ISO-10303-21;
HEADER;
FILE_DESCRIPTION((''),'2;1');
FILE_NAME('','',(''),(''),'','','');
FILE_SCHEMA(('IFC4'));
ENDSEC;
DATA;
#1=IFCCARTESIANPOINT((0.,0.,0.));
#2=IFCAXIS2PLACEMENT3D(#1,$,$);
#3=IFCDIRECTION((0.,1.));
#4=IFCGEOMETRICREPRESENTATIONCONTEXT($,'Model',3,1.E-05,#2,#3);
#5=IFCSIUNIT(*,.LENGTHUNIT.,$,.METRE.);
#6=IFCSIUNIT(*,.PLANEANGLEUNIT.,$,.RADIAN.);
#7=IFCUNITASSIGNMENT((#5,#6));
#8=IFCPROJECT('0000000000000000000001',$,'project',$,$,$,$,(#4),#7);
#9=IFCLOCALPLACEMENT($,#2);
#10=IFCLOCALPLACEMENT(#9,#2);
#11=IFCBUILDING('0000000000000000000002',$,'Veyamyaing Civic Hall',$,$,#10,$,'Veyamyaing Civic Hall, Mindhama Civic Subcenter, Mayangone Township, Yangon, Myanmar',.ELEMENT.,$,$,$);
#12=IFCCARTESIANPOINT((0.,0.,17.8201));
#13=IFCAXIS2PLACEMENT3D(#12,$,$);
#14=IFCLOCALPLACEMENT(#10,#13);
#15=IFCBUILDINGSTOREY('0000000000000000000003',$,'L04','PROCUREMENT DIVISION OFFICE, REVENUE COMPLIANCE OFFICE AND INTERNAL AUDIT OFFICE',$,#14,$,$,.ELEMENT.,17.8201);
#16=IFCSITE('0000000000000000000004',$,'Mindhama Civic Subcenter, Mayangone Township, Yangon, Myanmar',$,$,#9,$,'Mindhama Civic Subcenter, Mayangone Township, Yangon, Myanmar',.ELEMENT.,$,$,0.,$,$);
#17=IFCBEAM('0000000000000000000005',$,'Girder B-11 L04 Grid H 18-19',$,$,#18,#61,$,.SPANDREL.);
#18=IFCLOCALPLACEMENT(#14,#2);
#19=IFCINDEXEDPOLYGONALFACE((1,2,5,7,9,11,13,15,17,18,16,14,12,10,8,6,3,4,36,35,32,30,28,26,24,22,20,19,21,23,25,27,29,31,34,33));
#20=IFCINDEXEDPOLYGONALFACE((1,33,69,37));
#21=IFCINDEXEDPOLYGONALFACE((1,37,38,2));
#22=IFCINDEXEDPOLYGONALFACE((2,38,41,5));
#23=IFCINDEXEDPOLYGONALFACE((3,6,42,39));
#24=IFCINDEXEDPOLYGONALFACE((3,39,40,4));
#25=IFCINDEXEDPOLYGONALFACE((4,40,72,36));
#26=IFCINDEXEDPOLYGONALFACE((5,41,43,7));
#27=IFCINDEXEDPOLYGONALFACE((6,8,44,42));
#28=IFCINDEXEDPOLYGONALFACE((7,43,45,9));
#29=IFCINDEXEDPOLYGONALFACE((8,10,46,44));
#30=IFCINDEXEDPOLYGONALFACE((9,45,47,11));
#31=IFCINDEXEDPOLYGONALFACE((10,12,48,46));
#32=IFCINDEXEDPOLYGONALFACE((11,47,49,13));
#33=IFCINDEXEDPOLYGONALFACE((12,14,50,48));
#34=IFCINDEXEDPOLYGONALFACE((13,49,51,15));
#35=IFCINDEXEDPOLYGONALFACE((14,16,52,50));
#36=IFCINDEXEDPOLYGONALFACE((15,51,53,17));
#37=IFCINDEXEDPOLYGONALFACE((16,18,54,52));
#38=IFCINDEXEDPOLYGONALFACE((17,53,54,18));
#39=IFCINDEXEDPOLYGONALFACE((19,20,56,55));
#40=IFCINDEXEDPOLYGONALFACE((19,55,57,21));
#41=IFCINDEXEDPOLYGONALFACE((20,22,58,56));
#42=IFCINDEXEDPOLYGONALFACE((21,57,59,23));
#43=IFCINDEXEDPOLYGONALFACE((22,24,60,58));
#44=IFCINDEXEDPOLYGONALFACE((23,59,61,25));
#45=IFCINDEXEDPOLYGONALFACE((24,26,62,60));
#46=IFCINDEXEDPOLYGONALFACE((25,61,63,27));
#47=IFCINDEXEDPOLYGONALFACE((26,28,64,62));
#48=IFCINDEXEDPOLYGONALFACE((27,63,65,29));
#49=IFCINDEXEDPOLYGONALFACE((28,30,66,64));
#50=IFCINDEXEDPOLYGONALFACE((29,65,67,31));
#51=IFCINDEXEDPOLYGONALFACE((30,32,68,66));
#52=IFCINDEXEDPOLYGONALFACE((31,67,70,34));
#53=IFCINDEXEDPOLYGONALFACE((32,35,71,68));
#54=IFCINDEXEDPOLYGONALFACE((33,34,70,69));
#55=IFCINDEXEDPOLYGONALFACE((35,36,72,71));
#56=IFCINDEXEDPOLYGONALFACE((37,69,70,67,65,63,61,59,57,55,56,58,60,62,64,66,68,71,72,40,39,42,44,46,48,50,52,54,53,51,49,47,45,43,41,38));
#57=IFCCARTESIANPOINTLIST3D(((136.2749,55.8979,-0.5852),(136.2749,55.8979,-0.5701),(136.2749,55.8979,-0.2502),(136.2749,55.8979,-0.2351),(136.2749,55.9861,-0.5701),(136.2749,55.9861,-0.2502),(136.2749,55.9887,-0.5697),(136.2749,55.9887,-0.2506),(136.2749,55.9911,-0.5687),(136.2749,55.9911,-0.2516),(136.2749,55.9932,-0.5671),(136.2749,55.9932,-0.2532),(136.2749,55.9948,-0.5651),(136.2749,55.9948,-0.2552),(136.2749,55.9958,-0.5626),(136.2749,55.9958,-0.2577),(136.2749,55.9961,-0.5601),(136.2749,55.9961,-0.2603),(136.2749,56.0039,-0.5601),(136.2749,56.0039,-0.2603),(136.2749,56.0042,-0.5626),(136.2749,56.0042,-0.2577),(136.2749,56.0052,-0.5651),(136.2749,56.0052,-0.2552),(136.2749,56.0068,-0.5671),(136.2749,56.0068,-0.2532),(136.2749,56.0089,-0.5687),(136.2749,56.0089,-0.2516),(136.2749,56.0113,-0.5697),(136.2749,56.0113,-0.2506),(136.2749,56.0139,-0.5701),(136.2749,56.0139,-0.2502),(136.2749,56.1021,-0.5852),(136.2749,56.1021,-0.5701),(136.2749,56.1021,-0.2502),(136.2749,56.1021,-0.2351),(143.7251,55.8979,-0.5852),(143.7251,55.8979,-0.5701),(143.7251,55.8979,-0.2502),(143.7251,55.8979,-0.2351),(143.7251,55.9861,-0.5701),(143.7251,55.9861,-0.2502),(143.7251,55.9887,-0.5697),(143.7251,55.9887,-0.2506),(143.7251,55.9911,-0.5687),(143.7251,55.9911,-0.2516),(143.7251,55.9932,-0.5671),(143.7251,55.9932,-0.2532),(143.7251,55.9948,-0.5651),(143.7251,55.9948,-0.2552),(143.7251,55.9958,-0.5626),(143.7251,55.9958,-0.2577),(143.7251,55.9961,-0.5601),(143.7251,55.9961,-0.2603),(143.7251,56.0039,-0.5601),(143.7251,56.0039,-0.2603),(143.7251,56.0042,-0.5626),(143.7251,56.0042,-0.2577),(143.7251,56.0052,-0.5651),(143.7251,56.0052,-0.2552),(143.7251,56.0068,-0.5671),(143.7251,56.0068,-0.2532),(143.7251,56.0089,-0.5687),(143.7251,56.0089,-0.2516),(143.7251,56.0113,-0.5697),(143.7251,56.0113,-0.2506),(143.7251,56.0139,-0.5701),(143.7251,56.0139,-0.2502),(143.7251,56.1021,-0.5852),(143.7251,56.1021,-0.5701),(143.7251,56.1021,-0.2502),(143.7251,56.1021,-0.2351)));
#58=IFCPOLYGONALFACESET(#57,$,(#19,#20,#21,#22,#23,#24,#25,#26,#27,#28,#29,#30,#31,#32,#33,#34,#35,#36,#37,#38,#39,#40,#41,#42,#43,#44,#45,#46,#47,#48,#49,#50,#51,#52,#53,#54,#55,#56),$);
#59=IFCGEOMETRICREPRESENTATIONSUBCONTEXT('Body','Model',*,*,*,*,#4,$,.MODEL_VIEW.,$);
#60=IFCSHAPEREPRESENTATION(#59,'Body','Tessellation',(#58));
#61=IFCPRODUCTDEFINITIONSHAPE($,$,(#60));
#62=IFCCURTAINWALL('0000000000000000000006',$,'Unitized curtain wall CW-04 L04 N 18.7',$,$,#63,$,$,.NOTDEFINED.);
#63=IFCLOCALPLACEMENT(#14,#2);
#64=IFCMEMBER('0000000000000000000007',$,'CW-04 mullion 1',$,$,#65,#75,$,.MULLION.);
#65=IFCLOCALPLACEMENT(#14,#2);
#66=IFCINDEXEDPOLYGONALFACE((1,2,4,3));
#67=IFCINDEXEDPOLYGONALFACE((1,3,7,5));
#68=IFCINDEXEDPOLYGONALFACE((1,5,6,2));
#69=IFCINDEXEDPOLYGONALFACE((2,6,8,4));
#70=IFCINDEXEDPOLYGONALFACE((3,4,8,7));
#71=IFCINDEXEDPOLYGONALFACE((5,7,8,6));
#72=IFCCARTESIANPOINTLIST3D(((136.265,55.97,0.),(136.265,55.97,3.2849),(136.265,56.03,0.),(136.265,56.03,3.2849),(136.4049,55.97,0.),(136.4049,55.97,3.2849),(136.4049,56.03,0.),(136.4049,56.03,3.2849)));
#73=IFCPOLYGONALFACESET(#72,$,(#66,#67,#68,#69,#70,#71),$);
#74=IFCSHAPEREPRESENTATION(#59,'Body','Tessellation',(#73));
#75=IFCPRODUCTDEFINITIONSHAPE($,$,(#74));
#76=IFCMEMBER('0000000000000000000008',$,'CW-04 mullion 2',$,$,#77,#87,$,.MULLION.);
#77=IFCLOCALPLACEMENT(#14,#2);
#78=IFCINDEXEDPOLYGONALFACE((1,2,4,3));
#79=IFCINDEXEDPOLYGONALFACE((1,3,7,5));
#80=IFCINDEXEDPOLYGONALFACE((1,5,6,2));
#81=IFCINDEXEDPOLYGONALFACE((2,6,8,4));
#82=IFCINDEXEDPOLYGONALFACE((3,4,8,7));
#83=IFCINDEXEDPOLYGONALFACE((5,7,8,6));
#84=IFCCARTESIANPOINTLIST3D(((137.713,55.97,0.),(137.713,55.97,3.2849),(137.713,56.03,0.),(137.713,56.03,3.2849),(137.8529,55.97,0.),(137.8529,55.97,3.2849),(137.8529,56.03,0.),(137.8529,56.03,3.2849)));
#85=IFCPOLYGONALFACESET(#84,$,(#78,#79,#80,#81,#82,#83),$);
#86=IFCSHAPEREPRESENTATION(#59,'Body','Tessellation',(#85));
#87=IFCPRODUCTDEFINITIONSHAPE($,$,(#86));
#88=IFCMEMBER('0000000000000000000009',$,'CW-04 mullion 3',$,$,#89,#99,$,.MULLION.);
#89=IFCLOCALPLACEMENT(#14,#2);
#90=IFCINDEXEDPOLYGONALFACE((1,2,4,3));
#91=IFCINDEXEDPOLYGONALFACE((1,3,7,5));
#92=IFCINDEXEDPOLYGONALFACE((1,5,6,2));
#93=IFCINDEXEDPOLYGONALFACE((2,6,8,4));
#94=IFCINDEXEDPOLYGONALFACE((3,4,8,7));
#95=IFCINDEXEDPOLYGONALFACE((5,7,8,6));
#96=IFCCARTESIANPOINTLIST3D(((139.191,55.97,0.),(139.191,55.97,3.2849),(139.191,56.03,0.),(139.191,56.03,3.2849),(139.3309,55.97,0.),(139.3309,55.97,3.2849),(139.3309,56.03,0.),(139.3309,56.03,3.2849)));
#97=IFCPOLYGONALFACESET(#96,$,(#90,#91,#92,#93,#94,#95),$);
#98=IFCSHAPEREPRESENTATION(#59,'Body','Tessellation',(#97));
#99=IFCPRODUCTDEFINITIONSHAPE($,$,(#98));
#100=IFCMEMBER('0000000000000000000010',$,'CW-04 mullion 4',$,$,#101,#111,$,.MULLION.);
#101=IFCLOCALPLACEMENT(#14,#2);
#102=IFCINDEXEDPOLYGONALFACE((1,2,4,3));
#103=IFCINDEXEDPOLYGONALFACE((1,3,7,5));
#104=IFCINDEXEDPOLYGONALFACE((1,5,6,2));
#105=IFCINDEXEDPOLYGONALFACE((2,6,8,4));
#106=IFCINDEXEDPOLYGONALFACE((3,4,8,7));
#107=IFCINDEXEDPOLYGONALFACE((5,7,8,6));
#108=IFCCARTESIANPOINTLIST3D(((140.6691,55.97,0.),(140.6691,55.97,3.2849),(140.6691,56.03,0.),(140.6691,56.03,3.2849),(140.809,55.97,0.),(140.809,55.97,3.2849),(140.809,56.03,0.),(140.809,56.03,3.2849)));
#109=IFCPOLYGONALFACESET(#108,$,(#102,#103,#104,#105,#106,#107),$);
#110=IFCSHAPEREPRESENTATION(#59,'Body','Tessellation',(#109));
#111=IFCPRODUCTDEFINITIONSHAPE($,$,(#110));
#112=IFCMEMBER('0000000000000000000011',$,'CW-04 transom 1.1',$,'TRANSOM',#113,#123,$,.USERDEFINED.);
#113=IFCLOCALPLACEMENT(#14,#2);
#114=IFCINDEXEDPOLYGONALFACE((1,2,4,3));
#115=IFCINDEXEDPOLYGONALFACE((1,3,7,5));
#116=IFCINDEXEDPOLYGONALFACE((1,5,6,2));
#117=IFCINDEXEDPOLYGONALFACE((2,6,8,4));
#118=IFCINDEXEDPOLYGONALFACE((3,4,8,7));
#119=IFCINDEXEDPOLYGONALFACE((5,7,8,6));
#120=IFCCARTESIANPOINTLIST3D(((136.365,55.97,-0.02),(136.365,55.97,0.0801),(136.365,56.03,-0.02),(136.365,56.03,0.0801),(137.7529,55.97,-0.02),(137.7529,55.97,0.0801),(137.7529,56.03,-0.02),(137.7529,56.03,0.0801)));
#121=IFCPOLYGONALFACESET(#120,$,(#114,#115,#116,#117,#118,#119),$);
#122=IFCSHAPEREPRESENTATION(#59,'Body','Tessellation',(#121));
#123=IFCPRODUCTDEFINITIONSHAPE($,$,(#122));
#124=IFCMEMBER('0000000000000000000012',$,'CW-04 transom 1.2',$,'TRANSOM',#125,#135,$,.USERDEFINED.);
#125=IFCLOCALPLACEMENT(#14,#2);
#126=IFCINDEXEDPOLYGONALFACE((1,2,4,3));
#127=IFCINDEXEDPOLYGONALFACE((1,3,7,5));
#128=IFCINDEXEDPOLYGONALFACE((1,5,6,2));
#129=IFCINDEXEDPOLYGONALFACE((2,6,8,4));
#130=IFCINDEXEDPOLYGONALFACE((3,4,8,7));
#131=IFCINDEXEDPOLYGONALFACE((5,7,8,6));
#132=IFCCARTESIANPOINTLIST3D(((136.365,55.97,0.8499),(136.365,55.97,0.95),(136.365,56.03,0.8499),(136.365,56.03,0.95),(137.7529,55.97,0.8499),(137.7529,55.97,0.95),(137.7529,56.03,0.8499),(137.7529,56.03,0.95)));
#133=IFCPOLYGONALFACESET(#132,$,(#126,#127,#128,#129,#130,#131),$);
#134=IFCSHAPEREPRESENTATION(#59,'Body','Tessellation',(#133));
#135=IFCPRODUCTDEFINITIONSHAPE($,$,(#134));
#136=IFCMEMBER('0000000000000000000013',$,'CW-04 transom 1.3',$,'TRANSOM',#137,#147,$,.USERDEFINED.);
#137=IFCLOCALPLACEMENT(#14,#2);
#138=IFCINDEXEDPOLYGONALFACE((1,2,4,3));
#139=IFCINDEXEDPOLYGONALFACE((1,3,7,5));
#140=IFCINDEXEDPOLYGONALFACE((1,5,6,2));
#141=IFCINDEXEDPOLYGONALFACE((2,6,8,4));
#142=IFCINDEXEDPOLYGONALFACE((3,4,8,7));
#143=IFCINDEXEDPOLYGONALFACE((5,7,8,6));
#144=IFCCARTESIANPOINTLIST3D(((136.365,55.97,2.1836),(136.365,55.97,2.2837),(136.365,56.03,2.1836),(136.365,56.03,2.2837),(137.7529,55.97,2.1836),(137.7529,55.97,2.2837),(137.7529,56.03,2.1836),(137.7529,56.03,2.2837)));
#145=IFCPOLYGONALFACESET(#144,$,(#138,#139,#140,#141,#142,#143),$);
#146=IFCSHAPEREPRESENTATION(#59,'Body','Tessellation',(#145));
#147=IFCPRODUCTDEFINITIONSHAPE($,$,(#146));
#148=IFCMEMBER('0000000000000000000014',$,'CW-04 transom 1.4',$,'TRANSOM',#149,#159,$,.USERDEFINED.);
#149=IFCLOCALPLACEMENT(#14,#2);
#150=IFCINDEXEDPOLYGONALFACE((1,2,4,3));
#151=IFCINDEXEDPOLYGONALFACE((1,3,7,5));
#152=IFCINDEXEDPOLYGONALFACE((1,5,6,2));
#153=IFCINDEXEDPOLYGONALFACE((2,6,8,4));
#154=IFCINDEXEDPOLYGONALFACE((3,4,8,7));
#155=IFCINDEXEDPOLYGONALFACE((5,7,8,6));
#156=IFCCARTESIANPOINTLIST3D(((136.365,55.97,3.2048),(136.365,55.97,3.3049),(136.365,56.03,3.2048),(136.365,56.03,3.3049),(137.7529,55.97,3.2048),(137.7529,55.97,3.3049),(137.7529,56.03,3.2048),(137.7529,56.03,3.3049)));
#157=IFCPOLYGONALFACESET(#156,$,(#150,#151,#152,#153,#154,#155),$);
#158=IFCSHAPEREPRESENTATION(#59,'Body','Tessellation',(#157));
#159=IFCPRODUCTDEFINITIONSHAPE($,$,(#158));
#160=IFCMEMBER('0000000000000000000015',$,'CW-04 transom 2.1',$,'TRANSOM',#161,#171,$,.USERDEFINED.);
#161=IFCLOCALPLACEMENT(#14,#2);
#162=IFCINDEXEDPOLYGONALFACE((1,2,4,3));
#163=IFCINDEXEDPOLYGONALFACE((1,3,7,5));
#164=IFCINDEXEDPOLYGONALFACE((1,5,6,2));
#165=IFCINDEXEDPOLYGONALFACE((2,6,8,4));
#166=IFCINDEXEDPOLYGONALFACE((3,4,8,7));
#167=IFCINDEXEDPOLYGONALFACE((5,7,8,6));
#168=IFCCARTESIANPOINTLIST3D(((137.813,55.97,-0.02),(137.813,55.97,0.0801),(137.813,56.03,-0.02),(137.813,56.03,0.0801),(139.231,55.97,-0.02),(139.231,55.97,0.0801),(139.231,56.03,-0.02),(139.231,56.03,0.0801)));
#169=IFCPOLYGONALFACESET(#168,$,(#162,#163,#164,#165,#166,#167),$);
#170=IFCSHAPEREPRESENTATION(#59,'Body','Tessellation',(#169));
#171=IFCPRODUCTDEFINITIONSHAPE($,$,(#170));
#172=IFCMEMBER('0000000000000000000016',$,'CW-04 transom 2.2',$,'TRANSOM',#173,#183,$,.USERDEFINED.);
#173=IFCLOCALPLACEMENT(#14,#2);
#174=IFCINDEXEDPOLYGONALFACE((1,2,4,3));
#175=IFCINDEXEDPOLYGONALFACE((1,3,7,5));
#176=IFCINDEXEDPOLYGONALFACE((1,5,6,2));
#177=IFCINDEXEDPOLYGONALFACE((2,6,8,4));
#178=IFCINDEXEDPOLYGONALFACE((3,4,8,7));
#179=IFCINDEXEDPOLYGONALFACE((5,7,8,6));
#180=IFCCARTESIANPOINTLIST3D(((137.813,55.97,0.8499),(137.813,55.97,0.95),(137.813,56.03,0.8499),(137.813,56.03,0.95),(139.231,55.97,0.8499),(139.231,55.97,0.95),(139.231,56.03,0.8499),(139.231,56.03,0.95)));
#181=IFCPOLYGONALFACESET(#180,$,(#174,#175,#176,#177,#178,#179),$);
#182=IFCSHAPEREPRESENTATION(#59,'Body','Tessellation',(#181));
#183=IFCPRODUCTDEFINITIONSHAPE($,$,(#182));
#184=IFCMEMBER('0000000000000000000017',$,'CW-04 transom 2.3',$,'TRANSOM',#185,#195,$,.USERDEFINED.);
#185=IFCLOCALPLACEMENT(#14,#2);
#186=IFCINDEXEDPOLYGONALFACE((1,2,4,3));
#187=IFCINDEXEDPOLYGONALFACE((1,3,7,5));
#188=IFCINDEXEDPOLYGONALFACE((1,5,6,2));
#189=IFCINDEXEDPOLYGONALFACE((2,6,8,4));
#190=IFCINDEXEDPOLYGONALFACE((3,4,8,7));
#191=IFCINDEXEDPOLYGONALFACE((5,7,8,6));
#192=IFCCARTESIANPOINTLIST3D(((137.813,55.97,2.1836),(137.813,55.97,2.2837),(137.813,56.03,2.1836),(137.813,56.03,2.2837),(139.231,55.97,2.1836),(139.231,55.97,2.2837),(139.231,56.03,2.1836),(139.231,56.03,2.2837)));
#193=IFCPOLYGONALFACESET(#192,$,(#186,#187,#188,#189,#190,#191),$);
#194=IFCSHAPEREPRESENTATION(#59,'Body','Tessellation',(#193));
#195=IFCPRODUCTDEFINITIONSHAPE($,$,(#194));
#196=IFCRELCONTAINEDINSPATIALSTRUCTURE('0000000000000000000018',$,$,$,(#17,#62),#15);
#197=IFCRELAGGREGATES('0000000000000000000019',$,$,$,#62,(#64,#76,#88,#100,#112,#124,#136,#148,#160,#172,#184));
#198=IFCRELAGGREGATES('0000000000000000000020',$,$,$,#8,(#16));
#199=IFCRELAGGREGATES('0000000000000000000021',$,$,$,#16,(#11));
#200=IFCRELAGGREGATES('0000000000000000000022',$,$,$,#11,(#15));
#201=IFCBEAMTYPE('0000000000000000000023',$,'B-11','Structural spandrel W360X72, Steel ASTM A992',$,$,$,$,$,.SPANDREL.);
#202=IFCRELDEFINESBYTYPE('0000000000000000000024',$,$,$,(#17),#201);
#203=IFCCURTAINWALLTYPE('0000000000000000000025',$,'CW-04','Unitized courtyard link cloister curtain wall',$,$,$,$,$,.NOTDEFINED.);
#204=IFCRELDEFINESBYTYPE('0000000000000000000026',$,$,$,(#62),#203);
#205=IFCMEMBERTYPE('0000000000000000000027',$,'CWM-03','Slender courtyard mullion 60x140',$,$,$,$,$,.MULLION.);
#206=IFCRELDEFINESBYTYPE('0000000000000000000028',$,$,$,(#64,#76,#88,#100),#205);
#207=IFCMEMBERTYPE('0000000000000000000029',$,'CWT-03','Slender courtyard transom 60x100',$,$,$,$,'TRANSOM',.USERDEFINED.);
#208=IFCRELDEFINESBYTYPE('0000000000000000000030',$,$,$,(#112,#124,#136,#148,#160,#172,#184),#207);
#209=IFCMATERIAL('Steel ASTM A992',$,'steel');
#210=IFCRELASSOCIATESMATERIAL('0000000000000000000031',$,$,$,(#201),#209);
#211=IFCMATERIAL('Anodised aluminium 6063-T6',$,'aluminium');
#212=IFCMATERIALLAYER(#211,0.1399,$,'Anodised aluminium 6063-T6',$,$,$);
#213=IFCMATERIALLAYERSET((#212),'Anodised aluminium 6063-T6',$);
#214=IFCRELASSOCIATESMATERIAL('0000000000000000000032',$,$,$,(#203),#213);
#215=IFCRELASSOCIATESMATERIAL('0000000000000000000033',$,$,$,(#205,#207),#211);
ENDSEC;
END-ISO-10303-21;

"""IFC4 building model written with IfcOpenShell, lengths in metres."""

from ifc_helpers import new_model, si_unit, direction, frame, origin, origin_2d, place, context, subcontext, project, spatial, rectangle, i_section, extrude, material, layer, layer_set, material_profile, profile_set, type_object, element, aggregate, save


model = new_model("IFC4")

# Units and contexts
model_context = context("Model", 3, precision=1e-05, world=origin(), true_north=direction((0.0, 1.0)))
body_context = subcontext(model_context, "Body", "Model", "MODEL_VIEW")
ifc_project = project(units=[si_unit("LENGTHUNIT", "METRE"), si_unit("PLANEANGLEUNIT", "RADIAN")], contexts=[model_context])

# Site, building, storey
site_placement = place(None, origin())
site = spatial("IfcSite", under=ifc_project, at=site_placement, Name="Mindhama Civic Subcenter, Mayangone Township, Yangon, Myanmar", LongName="Mindhama Civic Subcenter, Mayangone Township, Yangon, Myanmar", CompositionType="ELEMENT", RefElevation=0.0)
building_placement = place(site_placement, origin())
building = spatial("IfcBuilding", under=site, at=building_placement, Name="Veyamyaing Civic Hall", LongName="Veyamyaing Civic Hall, Mindhama Civic Subcenter, Mayangone Township, Yangon, Myanmar", CompositionType="ELEMENT")
storey_placement = place(building_placement, frame((0.0, 0.0, 17.8201)))
storey = spatial("IfcBuildingStorey", under=building, at=storey_placement, Name="L04", Description="PROCUREMENT DIVISION OFFICE, REVENUE COMPLIANCE OFFICE AND INTERNAL AUDIT OFFICE", CompositionType="ELEMENT", Elevation=17.8201)

# Beam
ifc_material_1 = material(Name="Steel ASTM A992", Category="steel")
ifc_material_profile_1 = material_profile(ifc_material_1, i_section(OverallWidth=0.2041, OverallDepth=0.3501, WebThickness=0.0078, FlangeThickness=0.0151, FilletRadius=0.01, at=origin_2d()), Name="W360X72")
ifc_profile_set_1 = profile_set([ifc_material_profile_1], Name="Steel ASTM A992")
beam_type = type_object("IfcBeamType", Name="B-11", Description="Structural spandrel W360X72, Steel ASTM A992", PredefinedType="SPANDREL", material=ifc_profile_set_1)
beam_placement = place(storey_placement, frame((136.2749, 56.0, -0.4102), z_axis=(1.0, 0.0, 0.0), x_axis=(0.0, 1.0, 0.0)))
element("IfcBeam", 1, at=beam_placement, inside=storey, type_object=beam_type, Name="Girder B-11 L04 Grid H 18-19", PredefinedType="SPANDREL", context=body_context, shape_type="SweptSolid", body=[
    extrude(i_section(OverallWidth=0.2041, OverallDepth=0.3501, WebThickness=0.0078, FlangeThickness=0.0151, FilletRadius=0.01, at=origin_2d()), origin(), (0.0, 0.0, 1.0), 7.4502),
])

# Curtain wall, members
ifc_material_2 = material(Name="Anodised aluminium 6063-T6", Category="aluminium")
ifc_layer_1 = layer(ifc_material_2, 0.1399, Name="Anodised aluminium 6063-T6")
ifc_layer_set_1 = layer_set([ifc_layer_1], Name="Anodised aluminium 6063-T6")
curtain_wall_type = type_object("IfcCurtainWallType", Name="CW-04", Description="Unitized courtyard link cloister curtain wall", PredefinedType="NOTDEFINED", material=ifc_layer_set_1)
curtain_wall_placement = place(storey_placement, origin())
curtain_wall = element("IfcCurtainWall", 2, at=curtain_wall_placement, inside=storey, type_object=curtain_wall_type, Name="Unitized curtain wall CW-04 L04 N 18.7", PredefinedType="NOTDEFINED")
ifc_material_profile_2 = material_profile(ifc_material_2, rectangle(XDim=0.0601, YDim=0.1399, at=origin_2d()), Name="ALU-MUL-60X140")
ifc_profile_set_2 = profile_set([ifc_material_profile_2], Name="Anodised aluminium 6063-T6")
member_type_1 = type_object("IfcMemberType", Name="CWM-03", Description="Slender courtyard mullion 60x140", PredefinedType="MULLION", material=ifc_profile_set_2)
member_1_placement = place(storey_placement, frame((136.335, 56.0, 0.0), z_axis=(0.0, 0.0, 1.0), x_axis=(0.0, 1.0, 0.0)))
member_1 = element("IfcMember", 3, at=member_1_placement, type_object=member_type_1, Name="CW-04 mullion 1", PredefinedType="MULLION", context=body_context, shape_type="SweptSolid", body=[
    extrude(rectangle(XDim=0.0601, YDim=0.1399, at=origin_2d()), origin(), (0.0, 0.0, 1.0), 3.2849),
])
member_2_placement = place(storey_placement, frame((137.783, 56.0, 0.0), z_axis=(0.0, 0.0, 1.0), x_axis=(0.0, 1.0, 0.0)))
member_2 = element("IfcMember", 4, at=member_2_placement, type_object=member_type_1, Name="CW-04 mullion 2", PredefinedType="MULLION", context=body_context, shape_type="SweptSolid", body=[
    extrude(rectangle(XDim=0.0601, YDim=0.1399, at=origin_2d()), origin(), (0.0, 0.0, 1.0), 3.2849),
])
member_3_placement = place(storey_placement, frame((139.261, 56.0, 0.0), z_axis=(0.0, 0.0, 1.0), x_axis=(0.0, 1.0, 0.0)))
member_3 = element("IfcMember", 5, at=member_3_placement, type_object=member_type_1, Name="CW-04 mullion 3", PredefinedType="MULLION", context=body_context, shape_type="SweptSolid", body=[
    extrude(rectangle(XDim=0.0601, YDim=0.1399, at=origin_2d()), origin(), (0.0, 0.0, 1.0), 3.2849),
])
member_4_placement = place(storey_placement, frame((140.739, 56.0, 0.0), z_axis=(0.0, 0.0, 1.0), x_axis=(0.0, 1.0, 0.0)))
member_4 = element("IfcMember", 6, at=member_4_placement, type_object=member_type_1, Name="CW-04 mullion 4", PredefinedType="MULLION", context=body_context, shape_type="SweptSolid", body=[
    extrude(rectangle(XDim=0.0601, YDim=0.1399, at=origin_2d()), origin(), (0.0, 0.0, 1.0), 3.2849),
])
ifc_material_profile_3 = material_profile(ifc_material_2, rectangle(XDim=0.0601, YDim=0.1001, at=origin_2d()), Name="ALU-TRN-60X100")
ifc_profile_set_3 = profile_set([ifc_material_profile_3], Name="Anodised aluminium 6063-T6")
member_type_2 = type_object("IfcMemberType", Name="CWT-03", Description="Slender courtyard transom 60x100", ElementType="TRANSOM", PredefinedType="USERDEFINED", material=ifc_profile_set_3)
member_5_placement = place(storey_placement, frame((136.365, 56.0, 0.03), z_axis=(1.0, 0.0, 0.0), x_axis=(0.0, 1.0, 0.0)))
member_5 = element("IfcMember", 7, at=member_5_placement, type_object=member_type_2, Name="CW-04 transom 1.1", ObjectType="TRANSOM", PredefinedType="USERDEFINED", context=body_context, shape_type="SweptSolid", body=[
    extrude(rectangle(XDim=0.0601, YDim=0.1001, at=origin_2d()), origin(), (0.0, 0.0, 1.0), 1.3879),
])
member_6_placement = place(storey_placement, frame((136.365, 56.0, 0.8999), z_axis=(1.0, 0.0, 0.0), x_axis=(0.0, 1.0, 0.0)))
member_6 = element("IfcMember", 8, at=member_6_placement, type_object=member_type_2, Name="CW-04 transom 1.2", ObjectType="TRANSOM", PredefinedType="USERDEFINED", context=body_context, shape_type="SweptSolid", body=[
    extrude(rectangle(XDim=0.0601, YDim=0.1001, at=origin_2d()), origin(), (0.0, 0.0, 1.0), 1.3879),
])
member_7_placement = place(storey_placement, frame((136.365, 56.0, 2.2336), z_axis=(1.0, 0.0, 0.0), x_axis=(0.0, 1.0, 0.0)))
member_7 = element("IfcMember", 9, at=member_7_placement, type_object=member_type_2, Name="CW-04 transom 1.3", ObjectType="TRANSOM", PredefinedType="USERDEFINED", context=body_context, shape_type="SweptSolid", body=[
    extrude(rectangle(XDim=0.0601, YDim=0.1001, at=origin_2d()), origin(), (0.0, 0.0, 1.0), 1.3879),
])
member_8_placement = place(storey_placement, frame((136.365, 56.0, 3.2549), z_axis=(1.0, 0.0, 0.0), x_axis=(0.0, 1.0, 0.0)))
member_8 = element("IfcMember", 10, at=member_8_placement, type_object=member_type_2, Name="CW-04 transom 1.4", ObjectType="TRANSOM", PredefinedType="USERDEFINED", context=body_context, shape_type="SweptSolid", body=[
    extrude(rectangle(XDim=0.0601, YDim=0.1001, at=origin_2d()), origin(), (0.0, 0.0, 1.0), 1.3879),
])
member_9_placement = place(storey_placement, frame((137.813, 56.0, 0.03), z_axis=(1.0, 0.0, 0.0), x_axis=(0.0, 1.0, 0.0)))
member_9 = element("IfcMember", 11, at=member_9_placement, type_object=member_type_2, Name="CW-04 transom 2.1", ObjectType="TRANSOM", PredefinedType="USERDEFINED", context=body_context, shape_type="SweptSolid", body=[
    extrude(rectangle(XDim=0.0601, YDim=0.1001, at=origin_2d()), origin(), (0.0, 0.0, 1.0), 1.418),
])
member_10_placement = place(storey_placement, frame((137.813, 56.0, 0.8999), z_axis=(1.0, 0.0, 0.0), x_axis=(0.0, 1.0, 0.0)))
member_10 = element("IfcMember", 12, at=member_10_placement, type_object=member_type_2, Name="CW-04 transom 2.2", ObjectType="TRANSOM", PredefinedType="USERDEFINED", context=body_context, shape_type="SweptSolid", body=[
    extrude(rectangle(XDim=0.0601, YDim=0.1001, at=origin_2d()), origin(), (0.0, 0.0, 1.0), 1.418),
])
member_11_placement = place(storey_placement, frame((137.813, 56.0, 2.2336), z_axis=(1.0, 0.0, 0.0), x_axis=(0.0, 1.0, 0.0)))
member_11 = element("IfcMember", 13, at=member_11_placement, type_object=member_type_2, Name="CW-04 transom 2.3", ObjectType="TRANSOM", PredefinedType="USERDEFINED", context=body_context, shape_type="SweptSolid", body=[
    extrude(rectangle(XDim=0.0601, YDim=0.1001, at=origin_2d()), origin(), (0.0, 0.0, 1.0), 1.418),
])
aggregate(curtain_wall, [member_1, member_2, member_3, member_4, member_5, member_6, member_7, member_8, member_9, member_10, member_11])

save(model, "model.ifc")
